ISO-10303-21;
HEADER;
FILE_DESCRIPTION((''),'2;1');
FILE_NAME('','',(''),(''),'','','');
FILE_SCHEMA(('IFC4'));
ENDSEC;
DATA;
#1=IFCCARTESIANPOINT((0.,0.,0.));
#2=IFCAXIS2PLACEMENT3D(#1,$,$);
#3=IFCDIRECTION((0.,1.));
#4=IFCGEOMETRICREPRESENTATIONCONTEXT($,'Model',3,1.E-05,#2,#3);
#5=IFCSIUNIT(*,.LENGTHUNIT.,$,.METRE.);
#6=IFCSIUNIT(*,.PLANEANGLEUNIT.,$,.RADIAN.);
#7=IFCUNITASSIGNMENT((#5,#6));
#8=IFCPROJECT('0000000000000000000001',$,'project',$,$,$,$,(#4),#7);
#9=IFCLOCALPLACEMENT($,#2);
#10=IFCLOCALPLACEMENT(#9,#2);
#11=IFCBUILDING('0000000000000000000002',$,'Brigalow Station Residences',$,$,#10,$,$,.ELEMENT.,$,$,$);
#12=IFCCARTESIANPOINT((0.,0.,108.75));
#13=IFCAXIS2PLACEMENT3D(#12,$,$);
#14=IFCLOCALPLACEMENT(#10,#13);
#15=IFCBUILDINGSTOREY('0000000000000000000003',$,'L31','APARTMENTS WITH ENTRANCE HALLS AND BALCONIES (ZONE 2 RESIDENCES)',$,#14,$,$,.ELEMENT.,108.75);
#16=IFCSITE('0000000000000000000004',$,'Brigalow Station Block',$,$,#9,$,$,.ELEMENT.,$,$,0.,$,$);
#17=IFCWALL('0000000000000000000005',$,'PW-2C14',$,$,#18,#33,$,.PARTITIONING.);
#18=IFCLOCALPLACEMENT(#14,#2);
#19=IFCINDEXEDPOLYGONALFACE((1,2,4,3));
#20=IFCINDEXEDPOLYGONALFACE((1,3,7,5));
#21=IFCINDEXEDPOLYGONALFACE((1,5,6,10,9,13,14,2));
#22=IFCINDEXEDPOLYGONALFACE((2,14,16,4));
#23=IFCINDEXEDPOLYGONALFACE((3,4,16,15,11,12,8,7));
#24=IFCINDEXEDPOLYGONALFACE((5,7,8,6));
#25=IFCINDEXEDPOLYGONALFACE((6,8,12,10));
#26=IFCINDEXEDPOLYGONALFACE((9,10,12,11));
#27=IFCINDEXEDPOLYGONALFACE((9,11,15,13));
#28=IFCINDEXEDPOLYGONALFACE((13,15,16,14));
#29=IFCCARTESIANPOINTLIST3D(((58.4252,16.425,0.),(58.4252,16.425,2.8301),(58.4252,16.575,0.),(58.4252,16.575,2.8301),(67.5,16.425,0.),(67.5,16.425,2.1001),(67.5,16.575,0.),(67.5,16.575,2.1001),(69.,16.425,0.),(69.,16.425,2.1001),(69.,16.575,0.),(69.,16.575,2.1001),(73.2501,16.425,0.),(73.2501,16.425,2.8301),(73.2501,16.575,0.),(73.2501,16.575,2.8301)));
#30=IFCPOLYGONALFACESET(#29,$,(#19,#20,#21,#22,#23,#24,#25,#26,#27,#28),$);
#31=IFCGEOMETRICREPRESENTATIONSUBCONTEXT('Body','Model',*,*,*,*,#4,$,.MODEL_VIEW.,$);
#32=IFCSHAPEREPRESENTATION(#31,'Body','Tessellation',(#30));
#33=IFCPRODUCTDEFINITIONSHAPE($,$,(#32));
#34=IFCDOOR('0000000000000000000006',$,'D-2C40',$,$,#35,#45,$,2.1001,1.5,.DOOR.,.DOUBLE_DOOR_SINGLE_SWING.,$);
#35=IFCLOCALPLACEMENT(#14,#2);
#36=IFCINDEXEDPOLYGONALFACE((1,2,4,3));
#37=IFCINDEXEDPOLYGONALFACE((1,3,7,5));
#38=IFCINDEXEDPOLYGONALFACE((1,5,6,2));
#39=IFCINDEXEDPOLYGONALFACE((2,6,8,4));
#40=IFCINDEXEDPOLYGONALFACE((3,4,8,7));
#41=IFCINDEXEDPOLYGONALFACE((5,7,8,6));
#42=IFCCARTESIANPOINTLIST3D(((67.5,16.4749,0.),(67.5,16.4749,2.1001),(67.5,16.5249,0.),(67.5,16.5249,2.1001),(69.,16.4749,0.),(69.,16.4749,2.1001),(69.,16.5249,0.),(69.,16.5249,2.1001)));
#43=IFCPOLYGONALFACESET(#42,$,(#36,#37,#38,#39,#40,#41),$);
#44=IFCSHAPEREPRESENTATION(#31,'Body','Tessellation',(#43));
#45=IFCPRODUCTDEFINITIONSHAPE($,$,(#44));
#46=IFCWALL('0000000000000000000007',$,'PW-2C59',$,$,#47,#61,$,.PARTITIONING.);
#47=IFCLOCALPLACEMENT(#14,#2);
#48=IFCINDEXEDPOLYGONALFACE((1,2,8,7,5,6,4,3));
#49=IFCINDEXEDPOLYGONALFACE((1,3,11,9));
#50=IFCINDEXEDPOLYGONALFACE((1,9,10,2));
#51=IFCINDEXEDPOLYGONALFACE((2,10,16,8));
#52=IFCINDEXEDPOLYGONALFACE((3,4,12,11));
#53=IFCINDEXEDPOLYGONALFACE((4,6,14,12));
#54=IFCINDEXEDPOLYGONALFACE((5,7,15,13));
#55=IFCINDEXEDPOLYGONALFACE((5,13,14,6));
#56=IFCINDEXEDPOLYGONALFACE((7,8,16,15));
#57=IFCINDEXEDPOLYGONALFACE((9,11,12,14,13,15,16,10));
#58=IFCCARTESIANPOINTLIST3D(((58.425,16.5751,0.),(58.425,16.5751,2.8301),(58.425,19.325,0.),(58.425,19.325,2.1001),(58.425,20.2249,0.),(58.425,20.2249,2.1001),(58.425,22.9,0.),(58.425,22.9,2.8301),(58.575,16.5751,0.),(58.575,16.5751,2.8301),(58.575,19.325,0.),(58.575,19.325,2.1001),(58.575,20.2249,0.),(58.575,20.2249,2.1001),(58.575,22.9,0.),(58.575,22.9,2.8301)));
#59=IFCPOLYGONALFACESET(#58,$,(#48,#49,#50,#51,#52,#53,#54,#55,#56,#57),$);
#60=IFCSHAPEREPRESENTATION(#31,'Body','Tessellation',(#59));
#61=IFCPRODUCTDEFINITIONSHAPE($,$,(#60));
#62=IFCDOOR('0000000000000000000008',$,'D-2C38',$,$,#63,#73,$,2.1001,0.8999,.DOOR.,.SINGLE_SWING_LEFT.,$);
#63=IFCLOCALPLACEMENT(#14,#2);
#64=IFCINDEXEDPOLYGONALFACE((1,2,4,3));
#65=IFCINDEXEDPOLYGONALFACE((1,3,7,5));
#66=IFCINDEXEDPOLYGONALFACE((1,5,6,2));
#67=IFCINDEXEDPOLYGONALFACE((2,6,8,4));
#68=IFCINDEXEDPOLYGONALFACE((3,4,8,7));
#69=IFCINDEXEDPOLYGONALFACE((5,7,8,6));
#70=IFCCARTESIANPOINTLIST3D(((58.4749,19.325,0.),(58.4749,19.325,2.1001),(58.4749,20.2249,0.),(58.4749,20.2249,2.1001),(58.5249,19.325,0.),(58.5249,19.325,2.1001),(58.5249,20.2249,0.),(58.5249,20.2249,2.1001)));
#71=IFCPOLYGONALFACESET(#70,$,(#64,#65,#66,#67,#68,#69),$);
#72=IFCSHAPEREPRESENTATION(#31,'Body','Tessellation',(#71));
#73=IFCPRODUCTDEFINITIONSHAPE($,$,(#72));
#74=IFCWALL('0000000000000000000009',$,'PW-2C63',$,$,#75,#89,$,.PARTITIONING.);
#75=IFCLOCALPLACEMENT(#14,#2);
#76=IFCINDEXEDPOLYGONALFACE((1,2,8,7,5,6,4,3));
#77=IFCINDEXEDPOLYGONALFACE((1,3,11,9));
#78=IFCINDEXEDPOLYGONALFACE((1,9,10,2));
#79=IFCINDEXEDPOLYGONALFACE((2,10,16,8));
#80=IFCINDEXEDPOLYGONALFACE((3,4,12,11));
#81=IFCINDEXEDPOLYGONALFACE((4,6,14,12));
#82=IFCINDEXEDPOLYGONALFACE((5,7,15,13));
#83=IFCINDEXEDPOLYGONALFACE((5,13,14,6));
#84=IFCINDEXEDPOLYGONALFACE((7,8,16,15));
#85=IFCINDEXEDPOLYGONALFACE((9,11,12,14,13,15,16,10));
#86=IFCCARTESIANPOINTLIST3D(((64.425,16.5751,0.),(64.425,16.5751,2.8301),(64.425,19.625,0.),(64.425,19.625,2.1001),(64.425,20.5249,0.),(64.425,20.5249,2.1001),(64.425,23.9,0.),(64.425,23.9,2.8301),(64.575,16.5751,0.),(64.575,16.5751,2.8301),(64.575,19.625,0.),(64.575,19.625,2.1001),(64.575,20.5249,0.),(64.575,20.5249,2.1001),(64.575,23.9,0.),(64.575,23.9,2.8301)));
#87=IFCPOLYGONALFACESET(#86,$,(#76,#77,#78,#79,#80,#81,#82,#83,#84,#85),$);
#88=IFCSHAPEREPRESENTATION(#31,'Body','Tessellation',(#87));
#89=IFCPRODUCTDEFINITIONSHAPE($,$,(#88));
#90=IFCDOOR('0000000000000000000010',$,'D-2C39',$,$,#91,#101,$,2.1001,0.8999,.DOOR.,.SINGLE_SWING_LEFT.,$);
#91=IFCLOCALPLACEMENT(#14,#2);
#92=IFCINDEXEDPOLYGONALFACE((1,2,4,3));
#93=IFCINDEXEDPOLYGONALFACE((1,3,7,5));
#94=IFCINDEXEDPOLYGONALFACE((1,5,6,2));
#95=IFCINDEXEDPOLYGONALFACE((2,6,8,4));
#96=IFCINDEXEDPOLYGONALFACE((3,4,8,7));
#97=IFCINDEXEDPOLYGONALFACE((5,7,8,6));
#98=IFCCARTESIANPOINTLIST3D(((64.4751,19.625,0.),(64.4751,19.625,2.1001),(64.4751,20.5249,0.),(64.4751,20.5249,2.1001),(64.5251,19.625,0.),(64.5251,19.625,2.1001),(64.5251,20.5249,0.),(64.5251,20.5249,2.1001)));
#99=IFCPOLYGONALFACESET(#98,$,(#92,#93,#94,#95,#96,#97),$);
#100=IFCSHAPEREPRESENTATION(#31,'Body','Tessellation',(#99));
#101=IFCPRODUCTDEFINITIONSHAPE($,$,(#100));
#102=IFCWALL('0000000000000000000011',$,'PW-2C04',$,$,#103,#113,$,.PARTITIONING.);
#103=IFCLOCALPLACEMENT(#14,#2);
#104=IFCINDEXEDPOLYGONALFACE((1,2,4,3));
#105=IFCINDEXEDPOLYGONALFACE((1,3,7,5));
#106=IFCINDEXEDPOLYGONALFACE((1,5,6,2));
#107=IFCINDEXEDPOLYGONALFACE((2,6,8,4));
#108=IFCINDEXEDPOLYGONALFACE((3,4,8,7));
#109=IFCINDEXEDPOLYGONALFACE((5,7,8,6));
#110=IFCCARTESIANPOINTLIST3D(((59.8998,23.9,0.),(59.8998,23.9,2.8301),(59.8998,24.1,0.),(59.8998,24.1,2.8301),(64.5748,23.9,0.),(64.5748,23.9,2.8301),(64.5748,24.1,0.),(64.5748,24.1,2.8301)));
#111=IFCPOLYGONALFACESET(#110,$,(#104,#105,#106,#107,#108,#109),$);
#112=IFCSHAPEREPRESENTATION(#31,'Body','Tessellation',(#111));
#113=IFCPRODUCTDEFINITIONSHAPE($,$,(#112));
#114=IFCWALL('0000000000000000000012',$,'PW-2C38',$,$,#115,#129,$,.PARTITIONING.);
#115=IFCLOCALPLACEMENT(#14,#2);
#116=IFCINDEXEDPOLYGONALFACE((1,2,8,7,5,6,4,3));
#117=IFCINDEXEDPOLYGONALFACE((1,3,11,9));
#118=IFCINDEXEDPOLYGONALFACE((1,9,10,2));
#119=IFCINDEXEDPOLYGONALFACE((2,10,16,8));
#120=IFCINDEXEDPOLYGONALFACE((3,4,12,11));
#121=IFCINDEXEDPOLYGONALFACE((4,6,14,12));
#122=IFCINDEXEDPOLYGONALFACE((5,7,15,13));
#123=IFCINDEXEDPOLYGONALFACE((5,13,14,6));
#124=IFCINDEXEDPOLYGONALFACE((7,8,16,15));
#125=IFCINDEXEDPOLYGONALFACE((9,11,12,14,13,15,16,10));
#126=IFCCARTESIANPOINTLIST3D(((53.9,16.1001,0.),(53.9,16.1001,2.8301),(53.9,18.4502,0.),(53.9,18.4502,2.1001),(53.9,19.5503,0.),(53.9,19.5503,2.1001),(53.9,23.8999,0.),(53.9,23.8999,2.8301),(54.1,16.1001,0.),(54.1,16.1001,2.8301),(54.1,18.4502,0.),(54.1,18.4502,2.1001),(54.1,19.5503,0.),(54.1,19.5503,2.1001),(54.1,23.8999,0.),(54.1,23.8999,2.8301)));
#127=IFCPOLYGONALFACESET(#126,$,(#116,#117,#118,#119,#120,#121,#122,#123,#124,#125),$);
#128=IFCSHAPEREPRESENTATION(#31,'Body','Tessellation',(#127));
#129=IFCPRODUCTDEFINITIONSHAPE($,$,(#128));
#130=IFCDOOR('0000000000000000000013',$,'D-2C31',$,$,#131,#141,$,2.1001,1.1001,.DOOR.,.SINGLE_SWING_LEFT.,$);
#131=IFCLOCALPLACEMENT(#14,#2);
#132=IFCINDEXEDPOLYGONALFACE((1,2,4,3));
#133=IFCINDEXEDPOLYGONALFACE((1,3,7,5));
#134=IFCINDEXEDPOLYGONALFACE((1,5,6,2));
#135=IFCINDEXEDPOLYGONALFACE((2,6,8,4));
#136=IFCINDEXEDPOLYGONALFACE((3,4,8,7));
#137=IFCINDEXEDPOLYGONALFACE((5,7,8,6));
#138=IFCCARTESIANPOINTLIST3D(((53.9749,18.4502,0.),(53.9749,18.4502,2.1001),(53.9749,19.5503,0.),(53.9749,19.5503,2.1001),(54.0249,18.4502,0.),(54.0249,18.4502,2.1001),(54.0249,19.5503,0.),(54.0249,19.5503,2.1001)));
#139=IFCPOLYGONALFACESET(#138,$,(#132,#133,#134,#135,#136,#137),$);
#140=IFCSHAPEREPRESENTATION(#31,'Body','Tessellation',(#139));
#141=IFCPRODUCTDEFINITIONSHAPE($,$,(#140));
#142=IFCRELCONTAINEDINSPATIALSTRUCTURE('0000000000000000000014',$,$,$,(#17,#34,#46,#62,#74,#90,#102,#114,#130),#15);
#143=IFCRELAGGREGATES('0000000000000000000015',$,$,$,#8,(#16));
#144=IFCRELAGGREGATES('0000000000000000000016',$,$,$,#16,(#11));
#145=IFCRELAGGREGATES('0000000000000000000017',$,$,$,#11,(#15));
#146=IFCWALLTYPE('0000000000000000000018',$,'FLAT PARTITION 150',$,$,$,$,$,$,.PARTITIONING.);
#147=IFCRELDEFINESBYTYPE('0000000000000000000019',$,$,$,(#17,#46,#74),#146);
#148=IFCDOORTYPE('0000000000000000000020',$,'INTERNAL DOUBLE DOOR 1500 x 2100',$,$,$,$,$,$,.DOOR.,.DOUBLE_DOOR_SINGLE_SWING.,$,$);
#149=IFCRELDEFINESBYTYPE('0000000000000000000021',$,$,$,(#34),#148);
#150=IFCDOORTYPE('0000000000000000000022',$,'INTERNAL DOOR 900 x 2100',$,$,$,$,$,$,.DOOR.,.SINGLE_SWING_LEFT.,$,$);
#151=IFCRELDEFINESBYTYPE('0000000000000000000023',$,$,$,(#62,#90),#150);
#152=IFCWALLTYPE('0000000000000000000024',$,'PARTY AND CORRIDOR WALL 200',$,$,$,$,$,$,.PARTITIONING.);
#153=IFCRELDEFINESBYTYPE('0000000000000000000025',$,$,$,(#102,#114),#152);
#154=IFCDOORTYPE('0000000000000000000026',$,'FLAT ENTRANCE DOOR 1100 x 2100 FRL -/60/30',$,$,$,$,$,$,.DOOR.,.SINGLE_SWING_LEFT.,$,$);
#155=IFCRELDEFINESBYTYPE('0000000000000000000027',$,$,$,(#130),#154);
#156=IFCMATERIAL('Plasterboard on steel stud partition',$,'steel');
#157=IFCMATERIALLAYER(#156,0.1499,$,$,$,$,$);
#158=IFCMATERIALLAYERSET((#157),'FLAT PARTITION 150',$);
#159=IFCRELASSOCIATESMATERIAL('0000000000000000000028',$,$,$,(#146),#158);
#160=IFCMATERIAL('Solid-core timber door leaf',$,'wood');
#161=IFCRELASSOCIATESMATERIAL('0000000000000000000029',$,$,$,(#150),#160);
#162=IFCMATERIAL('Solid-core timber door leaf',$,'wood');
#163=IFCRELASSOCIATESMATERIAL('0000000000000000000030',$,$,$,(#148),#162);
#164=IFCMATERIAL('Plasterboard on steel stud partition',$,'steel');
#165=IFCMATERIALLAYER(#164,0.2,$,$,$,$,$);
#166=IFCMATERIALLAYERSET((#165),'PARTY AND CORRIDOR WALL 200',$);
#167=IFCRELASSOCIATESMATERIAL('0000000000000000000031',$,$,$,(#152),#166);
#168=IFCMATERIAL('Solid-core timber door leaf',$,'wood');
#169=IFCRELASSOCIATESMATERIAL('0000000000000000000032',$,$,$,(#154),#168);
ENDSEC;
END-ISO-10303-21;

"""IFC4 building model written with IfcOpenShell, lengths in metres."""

from ifc_helpers import new_model, si_unit, direction, frame, frame_2d, origin, place, context, subcontext, project, spatial, rectangle, extrude, material, layer, layer_set, type_object, element, fill, save


model = new_model("IFC4")

# Units and contexts
model_context = context("Model", 3, precision=1e-05, world=origin(), true_north=direction((0.0, 1.0)))
body_context = subcontext(model_context, "Body", "Model", "MODEL_VIEW")
ifc_project = project(units=[si_unit("LENGTHUNIT", "METRE"), si_unit("PLANEANGLEUNIT", "RADIAN")], contexts=[model_context])

# Site, building, storey
site_placement = place(None, origin())
site = spatial("IfcSite", under=ifc_project, at=site_placement, Name="Brigalow Station Block", CompositionType="ELEMENT", RefElevation=0.0)
building_placement = place(site_placement, origin())
building = spatial("IfcBuilding", under=site, at=building_placement, Name="Brigalow Station Residences", CompositionType="ELEMENT")
storey_placement = place(building_placement, frame((0.0, 0.0, 108.75)))
storey = spatial("IfcBuildingStorey", under=building, at=storey_placement, Name="L31", Description="APARTMENTS WITH ENTRANCE HALLS AND BALCONIES (ZONE 2 RESIDENCES)", CompositionType="ELEMENT", Elevation=108.75)

# Shared definitions
ifc_material_1 = material(Name="Plasterboard on steel stud partition", Category="steel")
ifc_layer_1 = layer(ifc_material_1, 0.1499)
ifc_layer_set_1 = layer_set([ifc_layer_1], Name="FLAT PARTITION 150")
wall_type_1 = type_object("IfcWallType", Name="FLAT PARTITION 150", PredefinedType="PARTITIONING", material=ifc_layer_set_1)
ifc_material_2 = material(Name="Solid-core timber door leaf", Category="wood")
door_type_1 = type_object("IfcDoorType", Name="INTERNAL DOOR 900 x 2100", OperationType="SINGLE_SWING_LEFT", PredefinedType="DOOR", material=ifc_material_2)

# Walls, openings, doors
wall_1_placement = place(storey_placement, frame((58.425, 16.5, 0.0), z_axis=(0.0, 0.0, 1.0), x_axis=(1.0, 0.0, 0.0)))
wall_1 = element("IfcWall", 1, at=wall_1_placement, inside=storey, type_object=wall_type_1, Name="PW-2C14", PredefinedType="PARTITIONING", context=body_context, shape_type="SweptSolid", body=[
    extrude(rectangle(XDim=14.825, YDim=0.1499, at=frame_2d((7.4126, 0.0))), origin(), (0.0, 0.0, 1.0), 2.8301),
])
opening_1_placement = place(wall_1_placement, frame((9.075, 0.0, 0.0)))
opening_1 = element("IfcOpeningElement", 2, at=opening_1_placement, cuts=wall_1, PredefinedType="OPENING", context=body_context, shape_type="SweptSolid", body=[
    extrude(rectangle(XDim=1.5, YDim=2.1001, at=frame_2d((0.75, 1.05))), frame((0.0, 0.085, 0.0), z_axis=(0.0, -1.0, 0.0), x_axis=(1.0, 0.0, 0.0)), (0.0, 0.0, 1.0), 0.1699),
])
ifc_material_3 = material(Name="Solid-core timber door leaf", Category="wood")
door_type_2 = type_object("IfcDoorType", Name="INTERNAL DOUBLE DOOR 1500 x 2100", OperationType="DOUBLE_DOOR_SINGLE_SWING", PredefinedType="DOOR", material=ifc_material_3)
door_1_placement = place(opening_1_placement, origin())
door_1 = element("IfcDoor", 3, at=door_1_placement, inside=storey, type_object=door_type_2, Name="D-2C40", OperationType="DOUBLE_DOOR_SINGLE_SWING", OverallHeight=2.1001, OverallWidth=1.5, PredefinedType="DOOR", context=body_context, shape_type="SweptSolid", body=[
    extrude(rectangle(XDim=1.5, YDim=2.1001, at=frame_2d((0.75, 1.05))), frame((0.0, 0.0249, 0.0), z_axis=(0.0, -1.0, 0.0), x_axis=(1.0, 0.0, 0.0)), (0.0, 0.0, 1.0), 0.05),
])
fill(opening_1, door_1)
wall_2_placement = place(storey_placement, frame((58.5, 16.575, 0.0), z_axis=(0.0, 0.0, 1.0), x_axis=(0.0, 1.0, 0.0)))
wall_2 = element("IfcWall", 4, at=wall_2_placement, inside=storey, type_object=wall_type_1, Name="PW-2C59", PredefinedType="PARTITIONING", context=body_context, shape_type="SweptSolid", body=[
    extrude(rectangle(XDim=6.325, YDim=0.1499, at=frame_2d((3.1626, 0.0))), origin(), (0.0, 0.0, 1.0), 2.8301),
])
opening_2_placement = place(wall_2_placement, frame((2.75, 0.0, 0.0)))
opening_2 = element("IfcOpeningElement", 5, at=opening_2_placement, cuts=wall_2, PredefinedType="OPENING", context=body_context, shape_type="SweptSolid", body=[
    extrude(rectangle(XDim=0.8999, YDim=2.1001, at=frame_2d((0.45, 1.05))), frame((0.0, 0.085, 0.0), z_axis=(0.0, -1.0, 0.0), x_axis=(1.0, 0.0, 0.0)), (0.0, 0.0, 1.0), 0.1699),
])
door_2_placement = place(opening_2_placement, frame((0.8999, 0.0, 0.0), z_axis=(0.0, 0.0, 1.0), x_axis=(-1.0, 0.0, 0.0)))
door_2 = element("IfcDoor", 6, at=door_2_placement, inside=storey, type_object=door_type_1, Name="D-2C38", OperationType="SINGLE_SWING_LEFT", OverallHeight=2.1001, OverallWidth=0.8999, PredefinedType="DOOR", context=body_context, shape_type="SweptSolid", body=[
    extrude(rectangle(XDim=0.8999, YDim=2.1001, at=frame_2d((0.45, 1.05))), frame((0.0, 0.0249, 0.0), z_axis=(0.0, -1.0, 0.0), x_axis=(1.0, 0.0, 0.0)), (0.0, 0.0, 1.0), 0.05),
])
fill(opening_2, door_2)
wall_3_placement = place(storey_placement, frame((64.5, 16.575, 0.0), z_axis=(0.0, 0.0, 1.0), x_axis=(0.0, 1.0, 0.0)))
wall_3 = element("IfcWall", 7, at=wall_3_placement, inside=storey, type_object=wall_type_1, Name="PW-2C63", PredefinedType="PARTITIONING", context=body_context, shape_type="SweptSolid", body=[
    extrude(rectangle(XDim=7.325, YDim=0.1499, at=frame_2d((3.6626, 0.0))), origin(), (0.0, 0.0, 1.0), 2.8301),
])
opening_3_placement = place(wall_3_placement, frame((3.05, 0.0, 0.0)))
opening_3 = element("IfcOpeningElement", 8, at=opening_3_placement, cuts=wall_3, PredefinedType="OPENING", context=body_context, shape_type="SweptSolid", body=[
    extrude(rectangle(XDim=0.8999, YDim=2.1001, at=frame_2d((0.45, 1.05))), frame((0.0, 0.085, 0.0), z_axis=(0.0, -1.0, 0.0), x_axis=(1.0, 0.0, 0.0)), (0.0, 0.0, 1.0), 0.1699),
])
door_3_placement = place(opening_3_placement, origin())
door_3 = element("IfcDoor", 9, at=door_3_placement, inside=storey, type_object=door_type_1, Name="D-2C39", OperationType="SINGLE_SWING_LEFT", OverallHeight=2.1001, OverallWidth=0.8999, PredefinedType="DOOR", context=body_context, shape_type="SweptSolid", body=[
    extrude(rectangle(XDim=0.8999, YDim=2.1001, at=frame_2d((0.45, 1.05))), frame((0.0, 0.0249, 0.0), z_axis=(0.0, -1.0, 0.0), x_axis=(1.0, 0.0, 0.0)), (0.0, 0.0, 1.0), 0.05),
])
fill(opening_3, door_3)

# Wall
ifc_material_4 = material(Name="Plasterboard on steel stud partition", Category="steel")
ifc_layer_2 = layer(ifc_material_4, 0.2)
ifc_layer_set_2 = layer_set([ifc_layer_2], Name="PARTY AND CORRIDOR WALL 200")
wall_type_2 = type_object("IfcWallType", Name="PARTY AND CORRIDOR WALL 200", PredefinedType="PARTITIONING", material=ifc_layer_set_2)
wall_4_placement = place(storey_placement, frame((59.8999, 24.0, 0.0), z_axis=(0.0, 0.0, 1.0), x_axis=(1.0, 0.0, 0.0)))
element("IfcWall", 10, at=wall_4_placement, inside=storey, type_object=wall_type_2, Name="PW-2C04", PredefinedType="PARTITIONING", context=body_context, shape_type="SweptSolid", body=[
    extrude(rectangle(XDim=4.675, YDim=0.2, at=frame_2d((2.3374, 0.0))), origin(), (0.0, 0.0, 1.0), 2.8301),
])

# Wall, opening, door
wall_5_placement = place(storey_placement, frame((54.0, 16.1001, 0.0), z_axis=(0.0, 0.0, 1.0), x_axis=(0.0, 1.0, 0.0)))
wall_5 = element("IfcWall", 11, at=wall_5_placement, inside=storey, type_object=wall_type_2, Name="PW-2C38", PredefinedType="PARTITIONING", context=body_context, shape_type="SweptSolid", body=[
    extrude(rectangle(XDim=7.7998, YDim=0.2, at=frame_2d((3.8999, 0.0))), origin(), (0.0, 0.0, 1.0), 2.8301),
])
opening_4_placement = place(wall_5_placement, frame((2.3501, 0.0, 0.0)))
opening_4 = element("IfcOpeningElement", 12, at=opening_4_placement, cuts=wall_5, PredefinedType="OPENING", context=body_context, shape_type="SweptSolid", body=[
    extrude(rectangle(XDim=1.1001, YDim=2.1001, at=frame_2d((0.55, 1.05))), frame((0.0, 0.1099, 0.0), z_axis=(0.0, -1.0, 0.0), x_axis=(1.0, 0.0, 0.0)), (0.0, 0.0, 1.0), 0.22),
])
ifc_material_5 = material(Name="Solid-core timber door leaf", Category="wood")
door_type_3 = type_object("IfcDoorType", Name="FLAT ENTRANCE DOOR 1100 x 2100 FRL -/60/30", OperationType="SINGLE_SWING_LEFT", PredefinedType="DOOR", material=ifc_material_5)
door_4_placement = place(opening_4_placement, frame((1.1001, 0.0, 0.0), z_axis=(0.0, 0.0, 1.0), x_axis=(-1.0, 0.0, 0.0)))
door_4 = element("IfcDoor", 13, at=door_4_placement, inside=storey, type_object=door_type_3, Name="D-2C31", OperationType="SINGLE_SWING_LEFT", OverallHeight=2.1001, OverallWidth=1.1001, PredefinedType="DOOR", context=body_context, shape_type="SweptSolid", body=[
    extrude(rectangle(XDim=1.1001, YDim=2.1001, at=frame_2d((0.55, 1.05))), frame((0.0, 0.0249, 0.0), z_axis=(0.0, -1.0, 0.0), x_axis=(1.0, 0.0, 0.0)), (0.0, 0.0, 1.0), 0.05),
])
fill(opening_4, door_4)

save(model, "model.ifc")
